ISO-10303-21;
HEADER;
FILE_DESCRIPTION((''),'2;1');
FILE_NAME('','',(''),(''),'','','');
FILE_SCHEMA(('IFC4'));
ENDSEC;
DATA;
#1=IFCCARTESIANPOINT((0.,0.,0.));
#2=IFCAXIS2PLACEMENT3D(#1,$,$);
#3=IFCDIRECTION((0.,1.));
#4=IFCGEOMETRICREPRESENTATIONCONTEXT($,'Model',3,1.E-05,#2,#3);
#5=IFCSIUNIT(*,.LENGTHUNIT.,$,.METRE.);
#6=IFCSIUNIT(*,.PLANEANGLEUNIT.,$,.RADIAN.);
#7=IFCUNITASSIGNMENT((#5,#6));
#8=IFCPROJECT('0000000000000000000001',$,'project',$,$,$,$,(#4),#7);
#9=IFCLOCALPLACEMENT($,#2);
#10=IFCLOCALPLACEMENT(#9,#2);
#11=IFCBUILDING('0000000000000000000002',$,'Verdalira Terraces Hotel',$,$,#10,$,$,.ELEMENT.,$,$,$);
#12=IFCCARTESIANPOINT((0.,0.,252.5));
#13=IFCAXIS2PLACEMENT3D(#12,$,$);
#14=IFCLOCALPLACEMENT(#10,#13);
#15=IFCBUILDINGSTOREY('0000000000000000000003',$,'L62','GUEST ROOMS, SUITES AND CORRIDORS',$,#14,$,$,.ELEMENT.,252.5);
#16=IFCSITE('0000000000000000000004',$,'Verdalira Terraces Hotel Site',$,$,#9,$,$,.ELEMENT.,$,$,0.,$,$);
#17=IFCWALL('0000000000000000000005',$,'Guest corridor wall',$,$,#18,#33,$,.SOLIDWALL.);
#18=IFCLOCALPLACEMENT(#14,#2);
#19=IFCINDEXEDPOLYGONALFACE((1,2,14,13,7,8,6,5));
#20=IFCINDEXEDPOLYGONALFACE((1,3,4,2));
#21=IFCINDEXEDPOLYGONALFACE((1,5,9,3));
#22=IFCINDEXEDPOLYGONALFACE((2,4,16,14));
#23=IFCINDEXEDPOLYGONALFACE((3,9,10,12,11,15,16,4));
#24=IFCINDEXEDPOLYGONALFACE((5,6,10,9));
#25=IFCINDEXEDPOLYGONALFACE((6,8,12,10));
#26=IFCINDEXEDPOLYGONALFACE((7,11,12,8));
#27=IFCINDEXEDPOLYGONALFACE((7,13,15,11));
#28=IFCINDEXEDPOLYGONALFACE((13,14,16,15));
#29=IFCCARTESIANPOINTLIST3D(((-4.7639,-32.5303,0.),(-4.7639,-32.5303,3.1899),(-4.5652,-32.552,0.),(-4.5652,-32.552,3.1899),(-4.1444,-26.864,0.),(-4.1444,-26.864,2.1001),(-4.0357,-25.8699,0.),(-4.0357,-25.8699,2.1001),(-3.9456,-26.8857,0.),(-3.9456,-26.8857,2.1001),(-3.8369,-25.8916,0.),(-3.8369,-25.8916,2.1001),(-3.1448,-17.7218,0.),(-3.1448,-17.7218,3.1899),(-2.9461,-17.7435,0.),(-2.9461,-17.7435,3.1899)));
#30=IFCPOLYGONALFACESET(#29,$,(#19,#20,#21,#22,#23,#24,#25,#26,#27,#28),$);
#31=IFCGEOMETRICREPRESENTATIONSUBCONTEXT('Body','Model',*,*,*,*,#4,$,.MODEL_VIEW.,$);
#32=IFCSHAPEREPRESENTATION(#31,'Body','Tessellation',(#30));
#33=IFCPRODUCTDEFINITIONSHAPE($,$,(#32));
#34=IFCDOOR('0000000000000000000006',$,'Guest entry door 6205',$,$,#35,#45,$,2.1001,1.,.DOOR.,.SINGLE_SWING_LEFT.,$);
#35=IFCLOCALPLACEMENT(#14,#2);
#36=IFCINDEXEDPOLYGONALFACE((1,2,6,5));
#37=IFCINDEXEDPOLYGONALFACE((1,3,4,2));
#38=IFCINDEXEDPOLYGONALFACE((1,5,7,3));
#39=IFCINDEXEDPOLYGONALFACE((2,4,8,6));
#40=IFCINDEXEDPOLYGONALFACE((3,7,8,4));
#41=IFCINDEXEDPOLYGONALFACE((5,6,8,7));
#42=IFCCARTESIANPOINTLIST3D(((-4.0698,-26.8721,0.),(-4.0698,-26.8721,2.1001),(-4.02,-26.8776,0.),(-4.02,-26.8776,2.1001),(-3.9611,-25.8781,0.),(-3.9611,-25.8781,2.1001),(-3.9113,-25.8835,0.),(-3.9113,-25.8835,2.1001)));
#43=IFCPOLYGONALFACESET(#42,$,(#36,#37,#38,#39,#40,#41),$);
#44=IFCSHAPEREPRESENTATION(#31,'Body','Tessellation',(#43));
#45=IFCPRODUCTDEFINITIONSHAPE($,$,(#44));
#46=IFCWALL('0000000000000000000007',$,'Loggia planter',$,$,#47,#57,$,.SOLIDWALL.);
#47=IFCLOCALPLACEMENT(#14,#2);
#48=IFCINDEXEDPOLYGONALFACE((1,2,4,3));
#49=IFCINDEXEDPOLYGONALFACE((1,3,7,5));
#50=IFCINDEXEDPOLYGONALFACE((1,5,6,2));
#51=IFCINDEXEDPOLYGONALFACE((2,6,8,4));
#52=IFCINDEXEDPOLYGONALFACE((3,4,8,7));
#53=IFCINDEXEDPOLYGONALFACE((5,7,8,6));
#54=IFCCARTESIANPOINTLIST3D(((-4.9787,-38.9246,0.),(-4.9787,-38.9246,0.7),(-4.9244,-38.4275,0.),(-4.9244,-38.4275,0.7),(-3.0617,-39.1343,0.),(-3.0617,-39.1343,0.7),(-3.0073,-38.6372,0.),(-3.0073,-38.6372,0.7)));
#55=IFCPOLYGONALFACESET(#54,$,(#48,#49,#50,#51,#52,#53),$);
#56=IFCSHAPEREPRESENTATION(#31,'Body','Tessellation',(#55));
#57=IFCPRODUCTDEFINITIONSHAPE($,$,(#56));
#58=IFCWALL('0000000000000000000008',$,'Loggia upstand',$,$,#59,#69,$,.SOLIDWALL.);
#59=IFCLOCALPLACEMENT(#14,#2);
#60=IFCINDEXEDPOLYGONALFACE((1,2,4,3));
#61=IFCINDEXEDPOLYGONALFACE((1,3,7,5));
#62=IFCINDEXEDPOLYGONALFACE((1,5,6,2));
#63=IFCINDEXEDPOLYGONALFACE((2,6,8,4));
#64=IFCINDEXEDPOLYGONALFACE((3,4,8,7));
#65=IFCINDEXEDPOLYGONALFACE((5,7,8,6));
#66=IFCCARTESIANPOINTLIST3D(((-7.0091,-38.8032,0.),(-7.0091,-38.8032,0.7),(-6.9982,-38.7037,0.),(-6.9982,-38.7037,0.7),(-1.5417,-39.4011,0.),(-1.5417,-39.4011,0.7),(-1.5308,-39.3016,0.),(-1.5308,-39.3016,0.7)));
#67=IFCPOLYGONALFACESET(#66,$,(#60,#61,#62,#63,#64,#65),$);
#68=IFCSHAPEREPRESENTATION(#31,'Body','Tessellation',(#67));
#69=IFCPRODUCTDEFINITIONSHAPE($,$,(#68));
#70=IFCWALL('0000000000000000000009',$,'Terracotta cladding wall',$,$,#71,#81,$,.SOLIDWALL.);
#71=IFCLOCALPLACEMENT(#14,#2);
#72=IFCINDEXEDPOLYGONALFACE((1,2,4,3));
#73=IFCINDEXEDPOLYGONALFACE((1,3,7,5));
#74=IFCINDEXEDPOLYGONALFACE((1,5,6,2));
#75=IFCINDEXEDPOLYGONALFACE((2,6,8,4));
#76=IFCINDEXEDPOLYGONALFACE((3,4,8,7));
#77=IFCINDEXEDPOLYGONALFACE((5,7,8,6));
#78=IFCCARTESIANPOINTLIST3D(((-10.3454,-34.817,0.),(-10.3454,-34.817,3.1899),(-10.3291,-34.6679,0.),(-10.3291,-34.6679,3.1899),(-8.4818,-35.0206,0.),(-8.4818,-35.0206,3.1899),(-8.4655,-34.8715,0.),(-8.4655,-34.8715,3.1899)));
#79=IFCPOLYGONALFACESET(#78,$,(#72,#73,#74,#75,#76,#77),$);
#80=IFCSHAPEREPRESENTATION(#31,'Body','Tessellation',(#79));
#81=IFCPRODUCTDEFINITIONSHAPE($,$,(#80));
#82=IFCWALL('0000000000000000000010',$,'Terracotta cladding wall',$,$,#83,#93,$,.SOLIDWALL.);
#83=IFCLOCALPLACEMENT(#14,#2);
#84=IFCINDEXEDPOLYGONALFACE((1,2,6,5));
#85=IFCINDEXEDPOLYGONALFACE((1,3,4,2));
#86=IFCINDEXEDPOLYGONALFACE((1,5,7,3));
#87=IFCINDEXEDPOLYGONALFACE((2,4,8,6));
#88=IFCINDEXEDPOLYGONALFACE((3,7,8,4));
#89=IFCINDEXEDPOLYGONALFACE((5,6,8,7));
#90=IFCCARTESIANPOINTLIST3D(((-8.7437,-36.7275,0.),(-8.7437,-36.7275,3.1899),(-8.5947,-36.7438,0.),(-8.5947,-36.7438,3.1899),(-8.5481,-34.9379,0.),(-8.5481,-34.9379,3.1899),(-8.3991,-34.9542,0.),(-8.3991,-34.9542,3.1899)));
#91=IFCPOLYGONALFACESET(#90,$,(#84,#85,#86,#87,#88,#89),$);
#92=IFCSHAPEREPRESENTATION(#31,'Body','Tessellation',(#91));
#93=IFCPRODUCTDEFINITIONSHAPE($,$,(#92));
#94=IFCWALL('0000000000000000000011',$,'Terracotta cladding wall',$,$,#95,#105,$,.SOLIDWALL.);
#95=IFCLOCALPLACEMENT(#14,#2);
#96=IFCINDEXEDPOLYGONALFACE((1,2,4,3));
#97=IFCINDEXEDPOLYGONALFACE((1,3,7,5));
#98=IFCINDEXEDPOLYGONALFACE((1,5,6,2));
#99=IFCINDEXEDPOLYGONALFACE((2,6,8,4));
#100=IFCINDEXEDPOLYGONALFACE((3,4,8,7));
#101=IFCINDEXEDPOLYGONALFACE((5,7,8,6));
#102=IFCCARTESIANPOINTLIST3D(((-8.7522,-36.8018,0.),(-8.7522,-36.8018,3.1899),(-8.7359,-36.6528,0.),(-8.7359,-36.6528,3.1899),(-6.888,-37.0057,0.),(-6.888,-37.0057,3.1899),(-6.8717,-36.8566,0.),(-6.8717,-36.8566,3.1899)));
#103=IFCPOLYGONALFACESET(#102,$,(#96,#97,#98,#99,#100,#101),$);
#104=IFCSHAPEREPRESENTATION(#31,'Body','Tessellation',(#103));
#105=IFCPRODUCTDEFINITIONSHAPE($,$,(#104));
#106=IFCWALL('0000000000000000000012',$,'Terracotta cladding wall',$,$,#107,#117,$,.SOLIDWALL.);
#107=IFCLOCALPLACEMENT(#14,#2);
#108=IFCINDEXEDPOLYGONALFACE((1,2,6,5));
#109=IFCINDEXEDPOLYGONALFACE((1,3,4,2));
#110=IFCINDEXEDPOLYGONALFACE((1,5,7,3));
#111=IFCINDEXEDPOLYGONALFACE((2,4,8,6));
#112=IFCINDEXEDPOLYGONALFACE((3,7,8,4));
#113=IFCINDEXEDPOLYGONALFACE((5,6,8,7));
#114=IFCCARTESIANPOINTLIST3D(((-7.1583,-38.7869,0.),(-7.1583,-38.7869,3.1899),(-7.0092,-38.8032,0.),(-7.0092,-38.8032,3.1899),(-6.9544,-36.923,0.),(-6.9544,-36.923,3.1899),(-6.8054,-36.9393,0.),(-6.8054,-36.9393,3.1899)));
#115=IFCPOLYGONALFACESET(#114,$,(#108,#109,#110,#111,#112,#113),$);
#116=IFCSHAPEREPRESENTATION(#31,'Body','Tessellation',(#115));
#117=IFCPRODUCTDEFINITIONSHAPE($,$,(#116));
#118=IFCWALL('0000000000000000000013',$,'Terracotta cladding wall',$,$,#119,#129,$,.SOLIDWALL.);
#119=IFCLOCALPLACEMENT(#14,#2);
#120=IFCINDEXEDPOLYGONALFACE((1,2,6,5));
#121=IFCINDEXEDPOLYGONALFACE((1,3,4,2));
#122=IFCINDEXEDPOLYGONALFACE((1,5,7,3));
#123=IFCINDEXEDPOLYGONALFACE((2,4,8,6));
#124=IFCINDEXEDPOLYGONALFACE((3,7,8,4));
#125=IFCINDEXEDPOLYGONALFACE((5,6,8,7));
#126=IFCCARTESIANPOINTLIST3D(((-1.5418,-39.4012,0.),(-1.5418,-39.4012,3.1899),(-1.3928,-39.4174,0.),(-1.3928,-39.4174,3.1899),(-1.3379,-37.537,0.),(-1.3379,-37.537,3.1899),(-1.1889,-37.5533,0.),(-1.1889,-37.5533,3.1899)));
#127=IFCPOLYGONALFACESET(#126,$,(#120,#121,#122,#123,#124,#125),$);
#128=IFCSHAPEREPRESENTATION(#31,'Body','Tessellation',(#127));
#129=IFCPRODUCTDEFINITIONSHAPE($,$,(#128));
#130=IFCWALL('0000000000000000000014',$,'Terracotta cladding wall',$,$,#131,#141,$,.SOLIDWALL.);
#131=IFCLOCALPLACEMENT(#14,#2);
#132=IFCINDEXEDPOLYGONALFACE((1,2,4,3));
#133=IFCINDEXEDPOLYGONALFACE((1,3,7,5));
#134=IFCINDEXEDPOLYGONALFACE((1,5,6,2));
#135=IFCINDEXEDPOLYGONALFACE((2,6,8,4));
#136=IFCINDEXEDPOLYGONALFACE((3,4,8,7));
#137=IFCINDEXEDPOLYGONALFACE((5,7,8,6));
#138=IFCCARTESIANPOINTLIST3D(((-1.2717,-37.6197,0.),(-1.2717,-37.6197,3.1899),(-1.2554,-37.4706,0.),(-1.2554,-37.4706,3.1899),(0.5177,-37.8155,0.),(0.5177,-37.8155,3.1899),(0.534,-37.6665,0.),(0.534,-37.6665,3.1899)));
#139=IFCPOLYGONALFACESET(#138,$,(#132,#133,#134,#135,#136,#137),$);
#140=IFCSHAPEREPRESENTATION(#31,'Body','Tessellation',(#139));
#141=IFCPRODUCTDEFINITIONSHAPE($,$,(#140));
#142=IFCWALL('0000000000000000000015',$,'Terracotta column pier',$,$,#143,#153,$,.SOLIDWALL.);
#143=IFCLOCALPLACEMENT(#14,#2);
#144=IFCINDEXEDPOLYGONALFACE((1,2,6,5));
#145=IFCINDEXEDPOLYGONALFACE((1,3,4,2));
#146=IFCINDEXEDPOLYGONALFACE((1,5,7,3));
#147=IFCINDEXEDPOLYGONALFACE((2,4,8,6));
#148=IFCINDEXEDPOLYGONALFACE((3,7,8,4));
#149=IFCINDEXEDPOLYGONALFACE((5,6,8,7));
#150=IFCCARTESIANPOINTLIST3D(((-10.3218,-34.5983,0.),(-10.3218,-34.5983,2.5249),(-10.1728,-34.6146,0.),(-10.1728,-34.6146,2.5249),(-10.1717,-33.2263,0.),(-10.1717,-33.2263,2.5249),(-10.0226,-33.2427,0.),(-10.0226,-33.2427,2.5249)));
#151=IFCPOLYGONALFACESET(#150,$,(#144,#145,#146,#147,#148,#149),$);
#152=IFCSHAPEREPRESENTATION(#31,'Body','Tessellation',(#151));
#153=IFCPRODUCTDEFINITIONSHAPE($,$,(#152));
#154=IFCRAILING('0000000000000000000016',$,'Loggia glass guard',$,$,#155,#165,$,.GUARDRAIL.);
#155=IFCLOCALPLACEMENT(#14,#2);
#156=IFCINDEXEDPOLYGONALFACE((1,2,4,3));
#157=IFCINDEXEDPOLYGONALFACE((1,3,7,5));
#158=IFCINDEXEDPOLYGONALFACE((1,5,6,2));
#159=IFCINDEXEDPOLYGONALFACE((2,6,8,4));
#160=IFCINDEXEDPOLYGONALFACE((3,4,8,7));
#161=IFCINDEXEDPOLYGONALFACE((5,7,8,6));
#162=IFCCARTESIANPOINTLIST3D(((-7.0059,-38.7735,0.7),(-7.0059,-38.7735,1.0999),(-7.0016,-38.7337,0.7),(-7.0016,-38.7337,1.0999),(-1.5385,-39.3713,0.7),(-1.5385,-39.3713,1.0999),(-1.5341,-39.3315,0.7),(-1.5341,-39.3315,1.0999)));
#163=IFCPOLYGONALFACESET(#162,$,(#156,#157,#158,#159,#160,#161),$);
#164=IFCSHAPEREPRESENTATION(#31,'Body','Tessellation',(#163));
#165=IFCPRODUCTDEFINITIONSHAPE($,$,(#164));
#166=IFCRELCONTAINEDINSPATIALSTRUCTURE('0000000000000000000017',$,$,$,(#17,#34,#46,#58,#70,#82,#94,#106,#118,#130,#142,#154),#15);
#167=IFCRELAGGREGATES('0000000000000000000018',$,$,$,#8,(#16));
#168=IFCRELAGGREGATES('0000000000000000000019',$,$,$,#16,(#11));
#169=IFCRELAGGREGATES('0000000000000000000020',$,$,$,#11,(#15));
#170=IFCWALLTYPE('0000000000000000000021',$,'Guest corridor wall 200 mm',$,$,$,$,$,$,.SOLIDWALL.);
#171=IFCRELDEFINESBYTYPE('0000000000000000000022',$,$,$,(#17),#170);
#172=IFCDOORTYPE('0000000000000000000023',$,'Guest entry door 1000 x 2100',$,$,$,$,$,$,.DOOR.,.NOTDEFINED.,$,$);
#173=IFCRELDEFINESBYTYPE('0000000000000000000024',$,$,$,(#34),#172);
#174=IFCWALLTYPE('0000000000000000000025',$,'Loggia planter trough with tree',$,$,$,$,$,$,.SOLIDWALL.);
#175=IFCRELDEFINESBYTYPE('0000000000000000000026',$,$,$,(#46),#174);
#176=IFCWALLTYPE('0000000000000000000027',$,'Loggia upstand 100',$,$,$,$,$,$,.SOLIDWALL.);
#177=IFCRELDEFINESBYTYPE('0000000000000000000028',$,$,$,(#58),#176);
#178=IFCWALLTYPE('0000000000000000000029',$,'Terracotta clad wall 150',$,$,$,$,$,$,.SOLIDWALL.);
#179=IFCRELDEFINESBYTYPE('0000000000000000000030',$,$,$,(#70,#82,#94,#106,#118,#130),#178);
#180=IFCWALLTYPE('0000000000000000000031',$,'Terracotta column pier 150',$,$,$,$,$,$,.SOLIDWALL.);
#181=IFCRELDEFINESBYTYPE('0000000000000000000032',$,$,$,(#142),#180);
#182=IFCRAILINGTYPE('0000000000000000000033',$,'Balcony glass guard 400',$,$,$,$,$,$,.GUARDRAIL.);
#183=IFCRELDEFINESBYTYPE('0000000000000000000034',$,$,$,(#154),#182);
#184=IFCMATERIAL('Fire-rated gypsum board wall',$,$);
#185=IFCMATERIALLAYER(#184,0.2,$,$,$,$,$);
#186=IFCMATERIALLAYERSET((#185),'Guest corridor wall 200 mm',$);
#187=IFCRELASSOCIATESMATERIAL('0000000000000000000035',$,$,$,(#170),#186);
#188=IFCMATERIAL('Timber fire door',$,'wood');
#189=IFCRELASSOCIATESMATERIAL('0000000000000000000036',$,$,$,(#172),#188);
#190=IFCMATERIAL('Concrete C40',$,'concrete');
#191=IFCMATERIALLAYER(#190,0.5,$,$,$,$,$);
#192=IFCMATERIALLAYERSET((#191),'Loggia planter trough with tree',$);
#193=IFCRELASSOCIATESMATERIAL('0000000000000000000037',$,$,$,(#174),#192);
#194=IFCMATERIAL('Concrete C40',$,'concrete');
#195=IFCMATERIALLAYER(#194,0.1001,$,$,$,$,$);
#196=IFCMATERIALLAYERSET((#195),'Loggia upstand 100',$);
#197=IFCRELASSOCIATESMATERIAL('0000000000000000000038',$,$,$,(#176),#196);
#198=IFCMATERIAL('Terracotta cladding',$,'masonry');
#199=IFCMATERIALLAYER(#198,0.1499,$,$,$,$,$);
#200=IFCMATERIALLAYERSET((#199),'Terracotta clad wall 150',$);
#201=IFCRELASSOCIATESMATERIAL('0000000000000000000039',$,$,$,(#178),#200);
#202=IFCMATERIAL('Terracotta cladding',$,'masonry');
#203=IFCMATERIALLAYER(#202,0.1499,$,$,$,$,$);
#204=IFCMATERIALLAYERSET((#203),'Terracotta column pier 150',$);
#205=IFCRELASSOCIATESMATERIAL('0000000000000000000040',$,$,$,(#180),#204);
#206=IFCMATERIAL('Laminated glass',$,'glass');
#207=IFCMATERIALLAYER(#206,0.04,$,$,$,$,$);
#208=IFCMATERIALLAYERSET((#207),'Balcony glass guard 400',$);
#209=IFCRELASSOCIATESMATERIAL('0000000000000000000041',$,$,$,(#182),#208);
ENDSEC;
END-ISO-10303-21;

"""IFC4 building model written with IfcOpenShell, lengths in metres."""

from ifc_helpers import new_model, si_unit, direction, frame, frame_2d, origin, origin_2d, place, context, subcontext, project, spatial, rectangle, extrude, material, layer, layer_set, type_object, element, fill, save


model = new_model("IFC4")

# Units and contexts
model_context = context("Model", 3, precision=1e-05, world=origin(), true_north=direction((0.0, 1.0)))
body_context = subcontext(model_context, "Body", "Model", "MODEL_VIEW")
ifc_project = project(units=[si_unit("LENGTHUNIT", "METRE"), si_unit("PLANEANGLEUNIT", "RADIAN")], contexts=[model_context])

# Site, building, storey
site_placement = place(None, origin())
site = spatial("IfcSite", under=ifc_project, at=site_placement, Name="Verdalira Terraces Hotel Site", CompositionType="ELEMENT", RefElevation=0.0)
building_placement = place(site_placement, origin())
building = spatial("IfcBuilding", under=site, at=building_placement, Name="Verdalira Terraces Hotel", CompositionType="ELEMENT")
storey_placement = place(building_placement, frame((0.0, 0.0, 252.5)))
storey = spatial("IfcBuildingStorey", under=building, at=storey_placement, Name="L62", Description="GUEST ROOMS, SUITES AND CORRIDORS", CompositionType="ELEMENT", Elevation=252.5)

# Wall, opening, door
ifc_material_1 = material(Name="Fire-rated gypsum board wall")
ifc_layer_1 = layer(ifc_material_1, 0.2)
ifc_layer_set_1 = layer_set([ifc_layer_1], Name="Guest corridor wall 200 mm")
wall_type_1 = type_object("IfcWallType", Name="Guest corridor wall 200 mm", PredefinedType="SOLIDWALL", material=ifc_layer_set_1)
wall_1_placement = place(storey_placement, frame((-4.6646, -32.541, 0.0), z_axis=(0.0, 0.0, 1.0), x_axis=(0.10869, 0.994076, 0.0)))
wall_1 = element("IfcWall", 1, at=wall_1_placement, inside=storey, type_object=wall_type_1, Name="Guest corridor wall", PredefinedType="SOLIDWALL", context=body_context, shape_type="SweptSolid", body=[
    extrude(rectangle(XDim=14.8967, YDim=0.2, at=frame_2d((7.4482, 0.0))), origin(), (0.0, 0.0, 1.0), 3.1899),
])
opening_placement = place(wall_1_placement, frame((5.7, 0.0, 0.0)))
opening = element("IfcOpeningElement", 2, at=opening_placement, cuts=wall_1, PredefinedType="OPENING", context=body_context, shape_type="SweptSolid", body=[
    extrude(rectangle(XDim=1.0, YDim=2.1001, at=frame_2d((0.5, 1.05))), frame((0.0, 0.1099, 0.0), z_axis=(0.0, -1.0, 0.0), x_axis=(1.0, 0.0, 0.0)), (0.0, 0.0, 1.0), 0.22),
])
ifc_material_2 = material(Name="Timber fire door", Category="wood")
door_type = type_object("IfcDoorType", Name="Guest entry door 1000 x 2100", OperationType="NOTDEFINED", PredefinedType="DOOR", material=ifc_material_2)
door_placement = place(opening_placement, origin())
door = element("IfcDoor", 3, at=door_placement, inside=storey, type_object=door_type, Name="Guest entry door 6205", OperationType="SINGLE_SWING_LEFT", OverallHeight=2.1001, OverallWidth=1.0, PredefinedType="DOOR", context=body_context, shape_type="SweptSolid", body=[
    extrude(rectangle(XDim=1.0, YDim=2.1001, at=frame_2d((0.5, 1.05))), frame((0.0, 0.0249, 0.0), z_axis=(0.0, -1.0, 0.0), x_axis=(1.0, 0.0, 0.0)), (0.0, 0.0, 1.0), 0.05),
])
fill(opening, door)

# Walls
ifc_material_3 = material(Name="Concrete C40", Category="concrete")
ifc_layer_2 = layer(ifc_material_3, 0.5)
ifc_layer_set_2 = layer_set([ifc_layer_2], Name="Loggia planter trough with tree")
wall_type_2 = type_object("IfcWallType", Name="Loggia planter trough with tree", PredefinedType="SOLIDWALL", material=ifc_layer_set_2)
wall_2_placement = place(storey_placement, frame((-4.9517, -38.676, 0.0), z_axis=(0.0, 0.0, 1.0), x_axis=(0.994069, -0.10875, 0.0)))
element("IfcWall", 4, at=wall_2_placement, inside=storey, type_object=wall_type_2, Name="Loggia planter", PredefinedType="SOLIDWALL", context=body_context, shape_type="SweptSolid", body=[
    extrude(rectangle(XDim=1.9285, YDim=0.5, at=frame_2d((0.9644, 0.0))), origin(), (0.0, 0.0, 1.0), 0.7),
])
ifc_material_4 = material(Name="Concrete C40", Category="concrete")
ifc_layer_3 = layer(ifc_material_4, 0.1001)
ifc_layer_set_3 = layer_set([ifc_layer_3], Name="Loggia upstand 100")
wall_type_3 = type_object("IfcWallType", Name="Loggia upstand 100", PredefinedType="SOLIDWALL", material=ifc_layer_set_3)
wall_3_placement = place(storey_placement, frame((-7.0037, -38.7534, 0.0), z_axis=(0.0, 0.0, 1.0), x_axis=(0.994073, -0.108712, 0.0)))
element("IfcWall", 5, at=wall_3_placement, inside=storey, type_object=wall_type_3, Name="Loggia upstand", PredefinedType="SOLIDWALL", context=body_context, shape_type="SweptSolid", body=[
    extrude(rectangle(XDim=5.5, YDim=0.1001, at=frame_2d((2.75, 0.0))), origin(), (0.0, 0.0, 1.0), 0.7),
])
ifc_material_5 = material(Name="Terracotta cladding", Category="masonry")
ifc_layer_4 = layer(ifc_material_5, 0.1499)
ifc_layer_set_4 = layer_set([ifc_layer_4], Name="Terracotta clad wall 150")
wall_type_4 = type_object("IfcWallType", Name="Terracotta clad wall 150", PredefinedType="SOLIDWALL", material=ifc_layer_set_4)
wall_4_placement = place(storey_placement, frame((-10.3374, -34.7424, 0.0), z_axis=(0.0, 0.0, 1.0), x_axis=(0.994085, -0.108602, 0.0)))
element("IfcWall", 6, at=wall_4_placement, inside=storey, type_object=wall_type_4, Name="Terracotta cladding wall", PredefinedType="SOLIDWALL", context=body_context, shape_type="SweptSolid", body=[
    extrude(rectangle(XDim=1.8748, YDim=0.1499, at=frame_2d((0.9375, 0.0))), origin(), (0.0, 0.0, 1.0), 3.1899),
])
wall_5_placement = place(storey_placement, frame((-8.4736, -34.946, 0.0), z_axis=(0.0, 0.0, 1.0), x_axis=(-0.10863, -0.994082, 0.0)))
element("IfcWall", 7, at=wall_5_placement, inside=storey, type_object=wall_type_4, Name="Terracotta cladding wall", PredefinedType="SOLIDWALL", context=body_context, shape_type="SweptSolid", body=[
    extrude(rectangle(XDim=1.8003, YDim=0.1499, at=frame_2d((0.9001, 0.0))), origin(), (0.0, 0.0, 1.0), 3.1899),
])
wall_6_placement = place(storey_placement, frame((-8.7439, -36.7273, 0.0), z_axis=(0.0, 0.0, 1.0), x_axis=(0.994073, -0.108717, 0.0)))
element("IfcWall", 8, at=wall_6_placement, inside=storey, type_object=wall_type_4, Name="Terracotta cladding wall", PredefinedType="SOLIDWALL", context=body_context, shape_type="SweptSolid", body=[
    extrude(rectangle(XDim=1.8752, YDim=0.1499, at=frame_2d((0.9375, 0.0))), origin(), (0.0, 0.0, 1.0), 3.1899),
])
wall_7_placement = place(storey_placement, frame((-6.8799, -36.9312, 0.0), z_axis=(0.0, 0.0, 1.0), x_axis=(-0.108731, -0.994071, 0.0)))
element("IfcWall", 9, at=wall_7_placement, inside=storey, type_object=wall_type_4, Name="Terracotta cladding wall", PredefinedType="SOLIDWALL", context=body_context, shape_type="SweptSolid", body=[
    extrude(rectangle(XDim=1.875, YDim=0.1499, at=frame_2d((0.9375, 0.0))), origin(), (0.0, 0.0, 1.0), 3.1899),
])
wall_8_placement = place(storey_placement, frame((-1.4673, -39.4092, 0.0), z_axis=(0.0, 0.0, 1.0), x_axis=(0.108717, 0.994073, 0.0)))
element("IfcWall", 10, at=wall_8_placement, inside=storey, type_object=wall_type_4, Name="Terracotta cladding wall", PredefinedType="SOLIDWALL", context=body_context, shape_type="SweptSolid", body=[
    extrude(rectangle(XDim=1.8752, YDim=0.1499, at=frame_2d((0.9375, 0.0))), origin(), (0.0, 0.0, 1.0), 3.1899),
])
wall_9_placement = place(storey_placement, frame((-1.2634, -37.5452, 0.0), z_axis=(0.0, 0.0, 1.0), x_axis=(0.994066, -0.108779, 0.0)))
element("IfcWall", 11, at=wall_9_placement, inside=storey, type_object=wall_type_4, Name="Terracotta cladding wall", PredefinedType="SOLIDWALL", context=body_context, shape_type="SweptSolid", body=[
    extrude(rectangle(XDim=1.8, YDim=0.1499, at=frame_2d((0.8999, 0.0))), origin(), (0.0, 0.0, 1.0), 3.1899),
])
ifc_material_6 = material(Name="Terracotta cladding", Category="masonry")
ifc_layer_5 = layer(ifc_material_6, 0.1499)
ifc_layer_set_5 = layer_set([ifc_layer_5], Name="Terracotta column pier 150")
wall_type_5 = type_object("IfcWallType", Name="Terracotta column pier 150", PredefinedType="SOLIDWALL", material=ifc_layer_set_5)
wall_10_placement = place(storey_placement, frame((-10.0972, -33.2346, 0.0), z_axis=(0.0, 0.0, 1.0), x_axis=(-0.1088, -0.994064, 0.0)))
element("IfcWall", 12, at=wall_10_placement, inside=storey, type_object=wall_type_5, Name="Terracotta column pier", PredefinedType="SOLIDWALL", context=body_context, shape_type="SweptSolid", body=[
    extrude(rectangle(XDim=1.3801, YDim=0.1499, at=frame_2d((0.6899, 0.0))), origin(), (0.0, 0.0, 1.0), 2.5249),
])

# Railing
ifc_material_7 = material(Name="Laminated glass", Category="glass")
ifc_layer_6 = layer(ifc_material_7, 0.04)
ifc_layer_set_6 = layer_set([ifc_layer_6], Name="Balcony glass guard 400")
railing_type = type_object("IfcRailingType", Name="Balcony glass guard 400", PredefinedType="GUARDRAIL", material=ifc_layer_set_6)
railing_placement = place(storey_placement, frame((-4.27, -39.0525, 0.7), z_axis=(0.0, 0.0, 1.0), x_axis=(0.994075, -0.108693, 0.0)))
element("IfcRailing", 13, at=railing_placement, inside=storey, type_object=railing_type, Name="Loggia glass guard", PredefinedType="GUARDRAIL", context=body_context, shape_type="SweptSolid", body=[
    extrude(rectangle(XDim=5.5, YDim=0.04, at=origin_2d()), origin(), (0.0, 0.0, 1.0), 0.3999),
])

save(model, "model.ifc")
